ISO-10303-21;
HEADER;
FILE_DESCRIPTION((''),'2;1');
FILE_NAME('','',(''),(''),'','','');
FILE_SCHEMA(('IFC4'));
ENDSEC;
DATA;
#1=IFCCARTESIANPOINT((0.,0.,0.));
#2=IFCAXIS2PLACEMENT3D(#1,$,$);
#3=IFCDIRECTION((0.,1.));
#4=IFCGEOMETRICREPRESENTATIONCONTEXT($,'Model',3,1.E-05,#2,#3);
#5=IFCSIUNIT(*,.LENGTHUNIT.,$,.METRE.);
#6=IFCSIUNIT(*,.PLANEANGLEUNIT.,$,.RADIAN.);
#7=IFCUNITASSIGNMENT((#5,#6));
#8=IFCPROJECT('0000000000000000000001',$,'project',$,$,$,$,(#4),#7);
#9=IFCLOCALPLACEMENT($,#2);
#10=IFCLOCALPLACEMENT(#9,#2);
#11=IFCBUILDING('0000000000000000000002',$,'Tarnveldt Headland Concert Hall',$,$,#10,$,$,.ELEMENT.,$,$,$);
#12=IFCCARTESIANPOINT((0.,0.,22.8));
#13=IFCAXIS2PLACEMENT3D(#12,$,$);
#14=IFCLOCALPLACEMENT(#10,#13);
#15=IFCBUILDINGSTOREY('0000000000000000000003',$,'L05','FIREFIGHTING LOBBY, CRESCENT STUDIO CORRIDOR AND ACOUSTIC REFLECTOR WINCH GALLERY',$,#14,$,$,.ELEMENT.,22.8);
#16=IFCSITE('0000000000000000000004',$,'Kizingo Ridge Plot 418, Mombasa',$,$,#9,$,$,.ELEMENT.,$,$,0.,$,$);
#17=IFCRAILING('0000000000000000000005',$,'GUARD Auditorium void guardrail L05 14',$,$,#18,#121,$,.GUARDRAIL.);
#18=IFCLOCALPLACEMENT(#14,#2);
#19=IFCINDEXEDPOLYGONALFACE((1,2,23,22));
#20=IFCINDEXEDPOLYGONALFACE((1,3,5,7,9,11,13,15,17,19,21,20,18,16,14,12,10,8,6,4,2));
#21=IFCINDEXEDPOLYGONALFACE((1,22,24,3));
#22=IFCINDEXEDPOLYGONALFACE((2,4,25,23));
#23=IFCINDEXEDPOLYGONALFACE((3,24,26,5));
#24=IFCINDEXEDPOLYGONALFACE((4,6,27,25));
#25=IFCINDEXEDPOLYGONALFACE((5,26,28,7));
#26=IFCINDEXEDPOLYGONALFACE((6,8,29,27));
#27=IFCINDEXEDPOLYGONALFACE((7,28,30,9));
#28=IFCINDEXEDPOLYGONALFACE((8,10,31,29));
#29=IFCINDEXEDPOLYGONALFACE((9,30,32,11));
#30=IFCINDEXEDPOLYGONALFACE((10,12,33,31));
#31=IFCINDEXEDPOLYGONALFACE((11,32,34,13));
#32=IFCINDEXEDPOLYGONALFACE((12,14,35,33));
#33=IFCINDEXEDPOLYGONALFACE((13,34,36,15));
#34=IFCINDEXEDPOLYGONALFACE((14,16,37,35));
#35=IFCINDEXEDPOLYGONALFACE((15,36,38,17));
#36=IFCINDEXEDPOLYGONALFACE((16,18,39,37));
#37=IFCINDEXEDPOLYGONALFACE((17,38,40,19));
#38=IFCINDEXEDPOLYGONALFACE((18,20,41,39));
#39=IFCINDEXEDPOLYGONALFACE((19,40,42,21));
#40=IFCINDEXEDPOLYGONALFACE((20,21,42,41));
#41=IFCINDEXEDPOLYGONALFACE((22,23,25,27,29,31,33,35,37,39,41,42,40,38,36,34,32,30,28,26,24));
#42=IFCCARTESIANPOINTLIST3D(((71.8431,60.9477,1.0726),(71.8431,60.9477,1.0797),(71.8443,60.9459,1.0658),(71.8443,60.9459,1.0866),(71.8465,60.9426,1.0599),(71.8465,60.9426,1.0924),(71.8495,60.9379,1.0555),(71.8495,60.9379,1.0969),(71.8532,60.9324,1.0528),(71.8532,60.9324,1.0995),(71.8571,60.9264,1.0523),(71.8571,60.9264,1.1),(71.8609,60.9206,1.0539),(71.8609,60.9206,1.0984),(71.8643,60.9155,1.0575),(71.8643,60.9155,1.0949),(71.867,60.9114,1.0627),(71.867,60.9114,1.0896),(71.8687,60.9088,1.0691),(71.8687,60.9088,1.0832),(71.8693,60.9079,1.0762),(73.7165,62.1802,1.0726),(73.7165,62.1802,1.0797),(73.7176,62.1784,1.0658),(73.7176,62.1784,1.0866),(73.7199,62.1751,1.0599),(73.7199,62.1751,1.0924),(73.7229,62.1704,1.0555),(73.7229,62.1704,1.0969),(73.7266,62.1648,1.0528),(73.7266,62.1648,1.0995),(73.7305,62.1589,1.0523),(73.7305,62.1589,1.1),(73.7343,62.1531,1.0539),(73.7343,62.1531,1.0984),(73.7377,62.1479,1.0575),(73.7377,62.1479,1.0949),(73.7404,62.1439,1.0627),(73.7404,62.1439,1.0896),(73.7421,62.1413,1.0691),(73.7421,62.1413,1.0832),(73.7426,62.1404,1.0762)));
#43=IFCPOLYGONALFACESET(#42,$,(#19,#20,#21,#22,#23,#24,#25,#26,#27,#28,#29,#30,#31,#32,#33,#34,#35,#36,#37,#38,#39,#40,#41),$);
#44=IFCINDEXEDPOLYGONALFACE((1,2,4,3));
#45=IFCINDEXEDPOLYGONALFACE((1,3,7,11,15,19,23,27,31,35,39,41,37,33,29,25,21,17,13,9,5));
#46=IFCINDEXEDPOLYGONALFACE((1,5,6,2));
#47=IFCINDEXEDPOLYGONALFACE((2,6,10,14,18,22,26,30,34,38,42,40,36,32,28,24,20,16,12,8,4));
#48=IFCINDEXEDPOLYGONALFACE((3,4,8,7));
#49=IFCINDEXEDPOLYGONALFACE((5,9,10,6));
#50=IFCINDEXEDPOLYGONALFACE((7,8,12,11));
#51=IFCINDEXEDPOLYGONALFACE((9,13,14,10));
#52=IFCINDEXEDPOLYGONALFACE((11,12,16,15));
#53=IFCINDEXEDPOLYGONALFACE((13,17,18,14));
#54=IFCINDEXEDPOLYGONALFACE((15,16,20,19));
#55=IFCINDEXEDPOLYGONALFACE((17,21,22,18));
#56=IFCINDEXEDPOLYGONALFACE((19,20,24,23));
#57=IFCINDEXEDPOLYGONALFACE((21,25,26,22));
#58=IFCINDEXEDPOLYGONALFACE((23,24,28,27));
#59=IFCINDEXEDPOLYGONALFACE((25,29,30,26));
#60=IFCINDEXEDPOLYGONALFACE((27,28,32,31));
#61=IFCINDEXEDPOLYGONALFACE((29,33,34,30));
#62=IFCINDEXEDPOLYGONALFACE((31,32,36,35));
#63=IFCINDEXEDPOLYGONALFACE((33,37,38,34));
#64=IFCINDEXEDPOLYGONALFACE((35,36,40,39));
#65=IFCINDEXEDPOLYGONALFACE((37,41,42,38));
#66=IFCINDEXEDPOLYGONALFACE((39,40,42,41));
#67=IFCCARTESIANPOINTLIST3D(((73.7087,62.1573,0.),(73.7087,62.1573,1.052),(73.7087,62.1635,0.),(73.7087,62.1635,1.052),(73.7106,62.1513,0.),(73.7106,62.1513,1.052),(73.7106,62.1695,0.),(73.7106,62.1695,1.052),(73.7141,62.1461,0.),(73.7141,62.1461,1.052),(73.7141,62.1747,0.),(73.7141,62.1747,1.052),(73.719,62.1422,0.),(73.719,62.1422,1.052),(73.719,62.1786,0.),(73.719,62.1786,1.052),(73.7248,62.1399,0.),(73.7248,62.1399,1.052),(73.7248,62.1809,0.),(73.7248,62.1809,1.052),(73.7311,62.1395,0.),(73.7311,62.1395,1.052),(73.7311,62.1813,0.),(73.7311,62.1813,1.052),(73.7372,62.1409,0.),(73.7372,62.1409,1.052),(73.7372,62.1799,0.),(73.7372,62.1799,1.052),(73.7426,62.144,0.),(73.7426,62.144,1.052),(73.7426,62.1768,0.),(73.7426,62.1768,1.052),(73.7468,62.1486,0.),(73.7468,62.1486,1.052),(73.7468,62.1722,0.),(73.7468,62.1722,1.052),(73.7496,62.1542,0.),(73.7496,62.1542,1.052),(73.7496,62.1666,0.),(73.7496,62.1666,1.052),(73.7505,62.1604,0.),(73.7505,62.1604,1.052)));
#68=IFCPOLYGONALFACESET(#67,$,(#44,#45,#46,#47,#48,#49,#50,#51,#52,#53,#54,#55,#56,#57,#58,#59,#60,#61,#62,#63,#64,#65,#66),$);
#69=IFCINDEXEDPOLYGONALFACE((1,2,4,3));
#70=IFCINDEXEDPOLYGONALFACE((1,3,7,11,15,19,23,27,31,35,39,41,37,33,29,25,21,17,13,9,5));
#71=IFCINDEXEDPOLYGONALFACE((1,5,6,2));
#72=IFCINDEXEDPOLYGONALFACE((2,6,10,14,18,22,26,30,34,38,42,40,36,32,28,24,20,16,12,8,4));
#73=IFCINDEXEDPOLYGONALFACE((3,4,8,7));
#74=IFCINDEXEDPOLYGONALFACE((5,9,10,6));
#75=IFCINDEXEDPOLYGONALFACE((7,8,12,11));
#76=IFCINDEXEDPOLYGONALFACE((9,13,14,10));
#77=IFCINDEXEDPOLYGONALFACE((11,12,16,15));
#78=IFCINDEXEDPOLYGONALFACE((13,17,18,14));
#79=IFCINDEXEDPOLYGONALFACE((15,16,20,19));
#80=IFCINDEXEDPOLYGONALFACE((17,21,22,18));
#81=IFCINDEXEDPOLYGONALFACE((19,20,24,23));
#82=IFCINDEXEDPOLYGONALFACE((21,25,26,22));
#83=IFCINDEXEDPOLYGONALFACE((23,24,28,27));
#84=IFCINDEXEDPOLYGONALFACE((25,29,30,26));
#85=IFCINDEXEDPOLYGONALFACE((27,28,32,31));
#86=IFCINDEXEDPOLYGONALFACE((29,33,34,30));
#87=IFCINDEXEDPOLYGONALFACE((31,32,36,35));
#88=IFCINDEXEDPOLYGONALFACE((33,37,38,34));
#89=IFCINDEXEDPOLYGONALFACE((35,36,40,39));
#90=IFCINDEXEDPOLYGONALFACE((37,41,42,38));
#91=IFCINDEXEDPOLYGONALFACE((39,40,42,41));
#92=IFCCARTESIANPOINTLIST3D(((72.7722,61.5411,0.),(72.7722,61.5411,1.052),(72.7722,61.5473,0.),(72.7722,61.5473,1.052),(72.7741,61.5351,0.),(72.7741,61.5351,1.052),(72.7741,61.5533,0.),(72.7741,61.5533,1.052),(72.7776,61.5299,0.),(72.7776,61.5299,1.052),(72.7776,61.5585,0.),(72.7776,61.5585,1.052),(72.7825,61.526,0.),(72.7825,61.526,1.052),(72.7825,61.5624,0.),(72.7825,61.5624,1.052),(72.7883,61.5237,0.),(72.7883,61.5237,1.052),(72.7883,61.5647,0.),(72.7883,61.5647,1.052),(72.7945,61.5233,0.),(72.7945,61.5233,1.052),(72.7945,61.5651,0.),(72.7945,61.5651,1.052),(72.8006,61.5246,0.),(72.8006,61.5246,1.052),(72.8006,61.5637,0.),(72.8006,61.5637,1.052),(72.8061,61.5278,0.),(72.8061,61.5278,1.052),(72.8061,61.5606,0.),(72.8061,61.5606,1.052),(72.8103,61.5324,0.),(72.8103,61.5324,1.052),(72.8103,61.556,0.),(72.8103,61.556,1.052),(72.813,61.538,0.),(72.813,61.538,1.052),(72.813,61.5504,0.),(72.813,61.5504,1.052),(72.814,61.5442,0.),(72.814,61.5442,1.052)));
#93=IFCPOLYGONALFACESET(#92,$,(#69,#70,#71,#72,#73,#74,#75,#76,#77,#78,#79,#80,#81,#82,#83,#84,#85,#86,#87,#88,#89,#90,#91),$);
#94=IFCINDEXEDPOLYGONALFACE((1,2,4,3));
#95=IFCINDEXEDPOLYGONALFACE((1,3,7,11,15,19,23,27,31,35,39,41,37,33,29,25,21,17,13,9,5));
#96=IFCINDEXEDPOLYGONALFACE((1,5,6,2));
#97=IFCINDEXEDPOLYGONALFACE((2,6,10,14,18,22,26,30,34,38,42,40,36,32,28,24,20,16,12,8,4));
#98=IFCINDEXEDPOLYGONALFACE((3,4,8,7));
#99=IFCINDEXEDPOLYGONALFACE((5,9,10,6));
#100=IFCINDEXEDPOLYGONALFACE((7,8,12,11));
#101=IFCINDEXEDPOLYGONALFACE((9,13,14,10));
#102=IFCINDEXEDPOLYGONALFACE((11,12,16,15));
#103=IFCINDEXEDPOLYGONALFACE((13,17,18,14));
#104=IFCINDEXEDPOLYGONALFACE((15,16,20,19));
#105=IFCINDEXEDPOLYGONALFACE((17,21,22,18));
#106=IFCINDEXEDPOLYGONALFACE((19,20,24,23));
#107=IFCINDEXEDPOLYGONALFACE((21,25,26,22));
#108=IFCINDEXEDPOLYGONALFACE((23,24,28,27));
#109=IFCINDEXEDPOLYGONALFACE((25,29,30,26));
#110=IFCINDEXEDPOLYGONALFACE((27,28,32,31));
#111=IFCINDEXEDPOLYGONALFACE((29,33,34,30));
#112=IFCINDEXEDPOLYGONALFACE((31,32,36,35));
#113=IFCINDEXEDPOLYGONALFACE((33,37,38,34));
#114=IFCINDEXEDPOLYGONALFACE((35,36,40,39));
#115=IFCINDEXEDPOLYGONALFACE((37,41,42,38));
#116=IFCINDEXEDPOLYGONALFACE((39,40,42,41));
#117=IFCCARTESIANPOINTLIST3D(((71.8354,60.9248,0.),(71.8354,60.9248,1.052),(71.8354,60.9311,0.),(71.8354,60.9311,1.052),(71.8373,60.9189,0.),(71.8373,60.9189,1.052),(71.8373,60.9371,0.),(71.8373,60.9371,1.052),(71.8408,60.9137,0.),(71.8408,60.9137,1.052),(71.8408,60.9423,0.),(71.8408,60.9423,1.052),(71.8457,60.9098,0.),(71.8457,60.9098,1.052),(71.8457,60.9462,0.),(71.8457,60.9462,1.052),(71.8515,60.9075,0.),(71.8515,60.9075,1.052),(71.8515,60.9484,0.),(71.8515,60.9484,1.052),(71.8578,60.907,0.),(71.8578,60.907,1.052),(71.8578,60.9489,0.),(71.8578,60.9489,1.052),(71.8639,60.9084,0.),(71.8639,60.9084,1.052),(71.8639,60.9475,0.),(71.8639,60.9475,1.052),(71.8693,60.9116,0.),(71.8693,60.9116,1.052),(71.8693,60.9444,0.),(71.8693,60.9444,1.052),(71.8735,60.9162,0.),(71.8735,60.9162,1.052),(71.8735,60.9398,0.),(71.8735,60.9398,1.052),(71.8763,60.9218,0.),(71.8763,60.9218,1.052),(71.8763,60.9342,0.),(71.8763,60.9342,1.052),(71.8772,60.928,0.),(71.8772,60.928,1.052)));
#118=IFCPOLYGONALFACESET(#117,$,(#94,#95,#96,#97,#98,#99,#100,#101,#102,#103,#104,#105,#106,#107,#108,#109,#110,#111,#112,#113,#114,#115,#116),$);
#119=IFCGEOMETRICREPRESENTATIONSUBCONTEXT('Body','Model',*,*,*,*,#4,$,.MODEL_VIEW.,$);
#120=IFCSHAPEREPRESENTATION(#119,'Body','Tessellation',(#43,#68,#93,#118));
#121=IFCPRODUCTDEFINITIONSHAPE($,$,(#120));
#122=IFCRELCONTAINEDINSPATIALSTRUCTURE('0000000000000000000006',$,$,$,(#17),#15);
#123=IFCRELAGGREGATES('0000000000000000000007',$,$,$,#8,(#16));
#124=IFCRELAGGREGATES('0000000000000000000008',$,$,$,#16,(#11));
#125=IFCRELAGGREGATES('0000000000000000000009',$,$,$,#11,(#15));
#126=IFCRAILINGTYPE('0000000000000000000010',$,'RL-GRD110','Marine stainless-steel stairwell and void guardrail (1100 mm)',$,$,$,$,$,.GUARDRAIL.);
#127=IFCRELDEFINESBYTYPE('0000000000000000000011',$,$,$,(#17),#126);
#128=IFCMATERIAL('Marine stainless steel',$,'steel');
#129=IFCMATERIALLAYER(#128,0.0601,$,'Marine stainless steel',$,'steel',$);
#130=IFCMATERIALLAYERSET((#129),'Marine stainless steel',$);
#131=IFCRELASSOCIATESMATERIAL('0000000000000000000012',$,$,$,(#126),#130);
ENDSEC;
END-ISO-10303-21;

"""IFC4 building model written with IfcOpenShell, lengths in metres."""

from ifc_helpers import new_model, si_unit, direction, frame, origin, origin_2d, place, context, subcontext, project, spatial, circle, extrude, material, layer, layer_set, type_object, element, save


model = new_model("IFC4")

# Units and contexts
model_context = context("Model", 3, precision=1e-05, world=origin(), true_north=direction((0.0, 1.0)))
body_context = subcontext(model_context, "Body", "Model", "MODEL_VIEW")
ifc_project = project(units=[si_unit("LENGTHUNIT", "METRE"), si_unit("PLANEANGLEUNIT", "RADIAN")], contexts=[model_context])

# Site, building, storey
site_placement = place(None, origin())
site = spatial("IfcSite", under=ifc_project, at=site_placement, Name="Kizingo Ridge Plot 418, Mombasa", CompositionType="ELEMENT", RefElevation=0.0)
building_placement = place(site_placement, origin())
building = spatial("IfcBuilding", under=site, at=building_placement, Name="Tarnveldt Headland Concert Hall", CompositionType="ELEMENT")
storey_placement = place(building_placement, frame((0.0, 0.0, 22.8)))
storey = spatial("IfcBuildingStorey", under=building, at=storey_placement, Name="L05", Description="FIREFIGHTING LOBBY, CRESCENT STUDIO CORRIDOR AND ACOUSTIC REFLECTOR WINCH GALLERY", CompositionType="ELEMENT", Elevation=22.8)

# Railing
ifc_material_1 = material(Name="Marine stainless steel", Category="steel")
ifc_layer_1 = layer(ifc_material_1, 0.0601, Name="Marine stainless steel", Category="steel")
ifc_layer_set_1 = layer_set([ifc_layer_1], Name="Marine stainless steel")
railing_type = type_object("IfcRailingType", Name="RL-GRD110", Description="Marine stainless-steel stairwell and void guardrail (1100 mm)", PredefinedType="GUARDRAIL", material=ifc_layer_set_1)
railing_1_placement = place(storey_placement, frame((73.7295, 62.1604, 0.0)))
element("IfcRailing", 1, at=railing_1_placement, inside=storey, type_object=railing_type, Name="GUARD Auditorium void guardrail L05 14", PredefinedType="GUARDRAIL", context=body_context, shape_type="SweptSolid", body=[
    extrude(circle(Radius=0.0239, at=origin_2d()), frame((0.0, 0.0, 1.0762), z_axis=(-0.835418, -0.549615, 0.0), x_axis=(0.549615, -0.835418, 0.0)), (0.0, 0.0, 1.0), 2.2424),
    extrude(circle(Radius=0.021, at=origin_2d()), origin(), (0.0, 0.0, 1.0), 1.052),
    extrude(circle(Radius=0.021, at=origin_2d()), frame((-0.9365, -0.6162, 0.0)), (0.0, 0.0, 1.0), 1.052),
    extrude(circle(Radius=0.021, at=origin_2d()), frame((-1.8733, -1.2324, 0.0)), (0.0, 0.0, 1.0), 1.052),
])

save(model, "model.ifc")
